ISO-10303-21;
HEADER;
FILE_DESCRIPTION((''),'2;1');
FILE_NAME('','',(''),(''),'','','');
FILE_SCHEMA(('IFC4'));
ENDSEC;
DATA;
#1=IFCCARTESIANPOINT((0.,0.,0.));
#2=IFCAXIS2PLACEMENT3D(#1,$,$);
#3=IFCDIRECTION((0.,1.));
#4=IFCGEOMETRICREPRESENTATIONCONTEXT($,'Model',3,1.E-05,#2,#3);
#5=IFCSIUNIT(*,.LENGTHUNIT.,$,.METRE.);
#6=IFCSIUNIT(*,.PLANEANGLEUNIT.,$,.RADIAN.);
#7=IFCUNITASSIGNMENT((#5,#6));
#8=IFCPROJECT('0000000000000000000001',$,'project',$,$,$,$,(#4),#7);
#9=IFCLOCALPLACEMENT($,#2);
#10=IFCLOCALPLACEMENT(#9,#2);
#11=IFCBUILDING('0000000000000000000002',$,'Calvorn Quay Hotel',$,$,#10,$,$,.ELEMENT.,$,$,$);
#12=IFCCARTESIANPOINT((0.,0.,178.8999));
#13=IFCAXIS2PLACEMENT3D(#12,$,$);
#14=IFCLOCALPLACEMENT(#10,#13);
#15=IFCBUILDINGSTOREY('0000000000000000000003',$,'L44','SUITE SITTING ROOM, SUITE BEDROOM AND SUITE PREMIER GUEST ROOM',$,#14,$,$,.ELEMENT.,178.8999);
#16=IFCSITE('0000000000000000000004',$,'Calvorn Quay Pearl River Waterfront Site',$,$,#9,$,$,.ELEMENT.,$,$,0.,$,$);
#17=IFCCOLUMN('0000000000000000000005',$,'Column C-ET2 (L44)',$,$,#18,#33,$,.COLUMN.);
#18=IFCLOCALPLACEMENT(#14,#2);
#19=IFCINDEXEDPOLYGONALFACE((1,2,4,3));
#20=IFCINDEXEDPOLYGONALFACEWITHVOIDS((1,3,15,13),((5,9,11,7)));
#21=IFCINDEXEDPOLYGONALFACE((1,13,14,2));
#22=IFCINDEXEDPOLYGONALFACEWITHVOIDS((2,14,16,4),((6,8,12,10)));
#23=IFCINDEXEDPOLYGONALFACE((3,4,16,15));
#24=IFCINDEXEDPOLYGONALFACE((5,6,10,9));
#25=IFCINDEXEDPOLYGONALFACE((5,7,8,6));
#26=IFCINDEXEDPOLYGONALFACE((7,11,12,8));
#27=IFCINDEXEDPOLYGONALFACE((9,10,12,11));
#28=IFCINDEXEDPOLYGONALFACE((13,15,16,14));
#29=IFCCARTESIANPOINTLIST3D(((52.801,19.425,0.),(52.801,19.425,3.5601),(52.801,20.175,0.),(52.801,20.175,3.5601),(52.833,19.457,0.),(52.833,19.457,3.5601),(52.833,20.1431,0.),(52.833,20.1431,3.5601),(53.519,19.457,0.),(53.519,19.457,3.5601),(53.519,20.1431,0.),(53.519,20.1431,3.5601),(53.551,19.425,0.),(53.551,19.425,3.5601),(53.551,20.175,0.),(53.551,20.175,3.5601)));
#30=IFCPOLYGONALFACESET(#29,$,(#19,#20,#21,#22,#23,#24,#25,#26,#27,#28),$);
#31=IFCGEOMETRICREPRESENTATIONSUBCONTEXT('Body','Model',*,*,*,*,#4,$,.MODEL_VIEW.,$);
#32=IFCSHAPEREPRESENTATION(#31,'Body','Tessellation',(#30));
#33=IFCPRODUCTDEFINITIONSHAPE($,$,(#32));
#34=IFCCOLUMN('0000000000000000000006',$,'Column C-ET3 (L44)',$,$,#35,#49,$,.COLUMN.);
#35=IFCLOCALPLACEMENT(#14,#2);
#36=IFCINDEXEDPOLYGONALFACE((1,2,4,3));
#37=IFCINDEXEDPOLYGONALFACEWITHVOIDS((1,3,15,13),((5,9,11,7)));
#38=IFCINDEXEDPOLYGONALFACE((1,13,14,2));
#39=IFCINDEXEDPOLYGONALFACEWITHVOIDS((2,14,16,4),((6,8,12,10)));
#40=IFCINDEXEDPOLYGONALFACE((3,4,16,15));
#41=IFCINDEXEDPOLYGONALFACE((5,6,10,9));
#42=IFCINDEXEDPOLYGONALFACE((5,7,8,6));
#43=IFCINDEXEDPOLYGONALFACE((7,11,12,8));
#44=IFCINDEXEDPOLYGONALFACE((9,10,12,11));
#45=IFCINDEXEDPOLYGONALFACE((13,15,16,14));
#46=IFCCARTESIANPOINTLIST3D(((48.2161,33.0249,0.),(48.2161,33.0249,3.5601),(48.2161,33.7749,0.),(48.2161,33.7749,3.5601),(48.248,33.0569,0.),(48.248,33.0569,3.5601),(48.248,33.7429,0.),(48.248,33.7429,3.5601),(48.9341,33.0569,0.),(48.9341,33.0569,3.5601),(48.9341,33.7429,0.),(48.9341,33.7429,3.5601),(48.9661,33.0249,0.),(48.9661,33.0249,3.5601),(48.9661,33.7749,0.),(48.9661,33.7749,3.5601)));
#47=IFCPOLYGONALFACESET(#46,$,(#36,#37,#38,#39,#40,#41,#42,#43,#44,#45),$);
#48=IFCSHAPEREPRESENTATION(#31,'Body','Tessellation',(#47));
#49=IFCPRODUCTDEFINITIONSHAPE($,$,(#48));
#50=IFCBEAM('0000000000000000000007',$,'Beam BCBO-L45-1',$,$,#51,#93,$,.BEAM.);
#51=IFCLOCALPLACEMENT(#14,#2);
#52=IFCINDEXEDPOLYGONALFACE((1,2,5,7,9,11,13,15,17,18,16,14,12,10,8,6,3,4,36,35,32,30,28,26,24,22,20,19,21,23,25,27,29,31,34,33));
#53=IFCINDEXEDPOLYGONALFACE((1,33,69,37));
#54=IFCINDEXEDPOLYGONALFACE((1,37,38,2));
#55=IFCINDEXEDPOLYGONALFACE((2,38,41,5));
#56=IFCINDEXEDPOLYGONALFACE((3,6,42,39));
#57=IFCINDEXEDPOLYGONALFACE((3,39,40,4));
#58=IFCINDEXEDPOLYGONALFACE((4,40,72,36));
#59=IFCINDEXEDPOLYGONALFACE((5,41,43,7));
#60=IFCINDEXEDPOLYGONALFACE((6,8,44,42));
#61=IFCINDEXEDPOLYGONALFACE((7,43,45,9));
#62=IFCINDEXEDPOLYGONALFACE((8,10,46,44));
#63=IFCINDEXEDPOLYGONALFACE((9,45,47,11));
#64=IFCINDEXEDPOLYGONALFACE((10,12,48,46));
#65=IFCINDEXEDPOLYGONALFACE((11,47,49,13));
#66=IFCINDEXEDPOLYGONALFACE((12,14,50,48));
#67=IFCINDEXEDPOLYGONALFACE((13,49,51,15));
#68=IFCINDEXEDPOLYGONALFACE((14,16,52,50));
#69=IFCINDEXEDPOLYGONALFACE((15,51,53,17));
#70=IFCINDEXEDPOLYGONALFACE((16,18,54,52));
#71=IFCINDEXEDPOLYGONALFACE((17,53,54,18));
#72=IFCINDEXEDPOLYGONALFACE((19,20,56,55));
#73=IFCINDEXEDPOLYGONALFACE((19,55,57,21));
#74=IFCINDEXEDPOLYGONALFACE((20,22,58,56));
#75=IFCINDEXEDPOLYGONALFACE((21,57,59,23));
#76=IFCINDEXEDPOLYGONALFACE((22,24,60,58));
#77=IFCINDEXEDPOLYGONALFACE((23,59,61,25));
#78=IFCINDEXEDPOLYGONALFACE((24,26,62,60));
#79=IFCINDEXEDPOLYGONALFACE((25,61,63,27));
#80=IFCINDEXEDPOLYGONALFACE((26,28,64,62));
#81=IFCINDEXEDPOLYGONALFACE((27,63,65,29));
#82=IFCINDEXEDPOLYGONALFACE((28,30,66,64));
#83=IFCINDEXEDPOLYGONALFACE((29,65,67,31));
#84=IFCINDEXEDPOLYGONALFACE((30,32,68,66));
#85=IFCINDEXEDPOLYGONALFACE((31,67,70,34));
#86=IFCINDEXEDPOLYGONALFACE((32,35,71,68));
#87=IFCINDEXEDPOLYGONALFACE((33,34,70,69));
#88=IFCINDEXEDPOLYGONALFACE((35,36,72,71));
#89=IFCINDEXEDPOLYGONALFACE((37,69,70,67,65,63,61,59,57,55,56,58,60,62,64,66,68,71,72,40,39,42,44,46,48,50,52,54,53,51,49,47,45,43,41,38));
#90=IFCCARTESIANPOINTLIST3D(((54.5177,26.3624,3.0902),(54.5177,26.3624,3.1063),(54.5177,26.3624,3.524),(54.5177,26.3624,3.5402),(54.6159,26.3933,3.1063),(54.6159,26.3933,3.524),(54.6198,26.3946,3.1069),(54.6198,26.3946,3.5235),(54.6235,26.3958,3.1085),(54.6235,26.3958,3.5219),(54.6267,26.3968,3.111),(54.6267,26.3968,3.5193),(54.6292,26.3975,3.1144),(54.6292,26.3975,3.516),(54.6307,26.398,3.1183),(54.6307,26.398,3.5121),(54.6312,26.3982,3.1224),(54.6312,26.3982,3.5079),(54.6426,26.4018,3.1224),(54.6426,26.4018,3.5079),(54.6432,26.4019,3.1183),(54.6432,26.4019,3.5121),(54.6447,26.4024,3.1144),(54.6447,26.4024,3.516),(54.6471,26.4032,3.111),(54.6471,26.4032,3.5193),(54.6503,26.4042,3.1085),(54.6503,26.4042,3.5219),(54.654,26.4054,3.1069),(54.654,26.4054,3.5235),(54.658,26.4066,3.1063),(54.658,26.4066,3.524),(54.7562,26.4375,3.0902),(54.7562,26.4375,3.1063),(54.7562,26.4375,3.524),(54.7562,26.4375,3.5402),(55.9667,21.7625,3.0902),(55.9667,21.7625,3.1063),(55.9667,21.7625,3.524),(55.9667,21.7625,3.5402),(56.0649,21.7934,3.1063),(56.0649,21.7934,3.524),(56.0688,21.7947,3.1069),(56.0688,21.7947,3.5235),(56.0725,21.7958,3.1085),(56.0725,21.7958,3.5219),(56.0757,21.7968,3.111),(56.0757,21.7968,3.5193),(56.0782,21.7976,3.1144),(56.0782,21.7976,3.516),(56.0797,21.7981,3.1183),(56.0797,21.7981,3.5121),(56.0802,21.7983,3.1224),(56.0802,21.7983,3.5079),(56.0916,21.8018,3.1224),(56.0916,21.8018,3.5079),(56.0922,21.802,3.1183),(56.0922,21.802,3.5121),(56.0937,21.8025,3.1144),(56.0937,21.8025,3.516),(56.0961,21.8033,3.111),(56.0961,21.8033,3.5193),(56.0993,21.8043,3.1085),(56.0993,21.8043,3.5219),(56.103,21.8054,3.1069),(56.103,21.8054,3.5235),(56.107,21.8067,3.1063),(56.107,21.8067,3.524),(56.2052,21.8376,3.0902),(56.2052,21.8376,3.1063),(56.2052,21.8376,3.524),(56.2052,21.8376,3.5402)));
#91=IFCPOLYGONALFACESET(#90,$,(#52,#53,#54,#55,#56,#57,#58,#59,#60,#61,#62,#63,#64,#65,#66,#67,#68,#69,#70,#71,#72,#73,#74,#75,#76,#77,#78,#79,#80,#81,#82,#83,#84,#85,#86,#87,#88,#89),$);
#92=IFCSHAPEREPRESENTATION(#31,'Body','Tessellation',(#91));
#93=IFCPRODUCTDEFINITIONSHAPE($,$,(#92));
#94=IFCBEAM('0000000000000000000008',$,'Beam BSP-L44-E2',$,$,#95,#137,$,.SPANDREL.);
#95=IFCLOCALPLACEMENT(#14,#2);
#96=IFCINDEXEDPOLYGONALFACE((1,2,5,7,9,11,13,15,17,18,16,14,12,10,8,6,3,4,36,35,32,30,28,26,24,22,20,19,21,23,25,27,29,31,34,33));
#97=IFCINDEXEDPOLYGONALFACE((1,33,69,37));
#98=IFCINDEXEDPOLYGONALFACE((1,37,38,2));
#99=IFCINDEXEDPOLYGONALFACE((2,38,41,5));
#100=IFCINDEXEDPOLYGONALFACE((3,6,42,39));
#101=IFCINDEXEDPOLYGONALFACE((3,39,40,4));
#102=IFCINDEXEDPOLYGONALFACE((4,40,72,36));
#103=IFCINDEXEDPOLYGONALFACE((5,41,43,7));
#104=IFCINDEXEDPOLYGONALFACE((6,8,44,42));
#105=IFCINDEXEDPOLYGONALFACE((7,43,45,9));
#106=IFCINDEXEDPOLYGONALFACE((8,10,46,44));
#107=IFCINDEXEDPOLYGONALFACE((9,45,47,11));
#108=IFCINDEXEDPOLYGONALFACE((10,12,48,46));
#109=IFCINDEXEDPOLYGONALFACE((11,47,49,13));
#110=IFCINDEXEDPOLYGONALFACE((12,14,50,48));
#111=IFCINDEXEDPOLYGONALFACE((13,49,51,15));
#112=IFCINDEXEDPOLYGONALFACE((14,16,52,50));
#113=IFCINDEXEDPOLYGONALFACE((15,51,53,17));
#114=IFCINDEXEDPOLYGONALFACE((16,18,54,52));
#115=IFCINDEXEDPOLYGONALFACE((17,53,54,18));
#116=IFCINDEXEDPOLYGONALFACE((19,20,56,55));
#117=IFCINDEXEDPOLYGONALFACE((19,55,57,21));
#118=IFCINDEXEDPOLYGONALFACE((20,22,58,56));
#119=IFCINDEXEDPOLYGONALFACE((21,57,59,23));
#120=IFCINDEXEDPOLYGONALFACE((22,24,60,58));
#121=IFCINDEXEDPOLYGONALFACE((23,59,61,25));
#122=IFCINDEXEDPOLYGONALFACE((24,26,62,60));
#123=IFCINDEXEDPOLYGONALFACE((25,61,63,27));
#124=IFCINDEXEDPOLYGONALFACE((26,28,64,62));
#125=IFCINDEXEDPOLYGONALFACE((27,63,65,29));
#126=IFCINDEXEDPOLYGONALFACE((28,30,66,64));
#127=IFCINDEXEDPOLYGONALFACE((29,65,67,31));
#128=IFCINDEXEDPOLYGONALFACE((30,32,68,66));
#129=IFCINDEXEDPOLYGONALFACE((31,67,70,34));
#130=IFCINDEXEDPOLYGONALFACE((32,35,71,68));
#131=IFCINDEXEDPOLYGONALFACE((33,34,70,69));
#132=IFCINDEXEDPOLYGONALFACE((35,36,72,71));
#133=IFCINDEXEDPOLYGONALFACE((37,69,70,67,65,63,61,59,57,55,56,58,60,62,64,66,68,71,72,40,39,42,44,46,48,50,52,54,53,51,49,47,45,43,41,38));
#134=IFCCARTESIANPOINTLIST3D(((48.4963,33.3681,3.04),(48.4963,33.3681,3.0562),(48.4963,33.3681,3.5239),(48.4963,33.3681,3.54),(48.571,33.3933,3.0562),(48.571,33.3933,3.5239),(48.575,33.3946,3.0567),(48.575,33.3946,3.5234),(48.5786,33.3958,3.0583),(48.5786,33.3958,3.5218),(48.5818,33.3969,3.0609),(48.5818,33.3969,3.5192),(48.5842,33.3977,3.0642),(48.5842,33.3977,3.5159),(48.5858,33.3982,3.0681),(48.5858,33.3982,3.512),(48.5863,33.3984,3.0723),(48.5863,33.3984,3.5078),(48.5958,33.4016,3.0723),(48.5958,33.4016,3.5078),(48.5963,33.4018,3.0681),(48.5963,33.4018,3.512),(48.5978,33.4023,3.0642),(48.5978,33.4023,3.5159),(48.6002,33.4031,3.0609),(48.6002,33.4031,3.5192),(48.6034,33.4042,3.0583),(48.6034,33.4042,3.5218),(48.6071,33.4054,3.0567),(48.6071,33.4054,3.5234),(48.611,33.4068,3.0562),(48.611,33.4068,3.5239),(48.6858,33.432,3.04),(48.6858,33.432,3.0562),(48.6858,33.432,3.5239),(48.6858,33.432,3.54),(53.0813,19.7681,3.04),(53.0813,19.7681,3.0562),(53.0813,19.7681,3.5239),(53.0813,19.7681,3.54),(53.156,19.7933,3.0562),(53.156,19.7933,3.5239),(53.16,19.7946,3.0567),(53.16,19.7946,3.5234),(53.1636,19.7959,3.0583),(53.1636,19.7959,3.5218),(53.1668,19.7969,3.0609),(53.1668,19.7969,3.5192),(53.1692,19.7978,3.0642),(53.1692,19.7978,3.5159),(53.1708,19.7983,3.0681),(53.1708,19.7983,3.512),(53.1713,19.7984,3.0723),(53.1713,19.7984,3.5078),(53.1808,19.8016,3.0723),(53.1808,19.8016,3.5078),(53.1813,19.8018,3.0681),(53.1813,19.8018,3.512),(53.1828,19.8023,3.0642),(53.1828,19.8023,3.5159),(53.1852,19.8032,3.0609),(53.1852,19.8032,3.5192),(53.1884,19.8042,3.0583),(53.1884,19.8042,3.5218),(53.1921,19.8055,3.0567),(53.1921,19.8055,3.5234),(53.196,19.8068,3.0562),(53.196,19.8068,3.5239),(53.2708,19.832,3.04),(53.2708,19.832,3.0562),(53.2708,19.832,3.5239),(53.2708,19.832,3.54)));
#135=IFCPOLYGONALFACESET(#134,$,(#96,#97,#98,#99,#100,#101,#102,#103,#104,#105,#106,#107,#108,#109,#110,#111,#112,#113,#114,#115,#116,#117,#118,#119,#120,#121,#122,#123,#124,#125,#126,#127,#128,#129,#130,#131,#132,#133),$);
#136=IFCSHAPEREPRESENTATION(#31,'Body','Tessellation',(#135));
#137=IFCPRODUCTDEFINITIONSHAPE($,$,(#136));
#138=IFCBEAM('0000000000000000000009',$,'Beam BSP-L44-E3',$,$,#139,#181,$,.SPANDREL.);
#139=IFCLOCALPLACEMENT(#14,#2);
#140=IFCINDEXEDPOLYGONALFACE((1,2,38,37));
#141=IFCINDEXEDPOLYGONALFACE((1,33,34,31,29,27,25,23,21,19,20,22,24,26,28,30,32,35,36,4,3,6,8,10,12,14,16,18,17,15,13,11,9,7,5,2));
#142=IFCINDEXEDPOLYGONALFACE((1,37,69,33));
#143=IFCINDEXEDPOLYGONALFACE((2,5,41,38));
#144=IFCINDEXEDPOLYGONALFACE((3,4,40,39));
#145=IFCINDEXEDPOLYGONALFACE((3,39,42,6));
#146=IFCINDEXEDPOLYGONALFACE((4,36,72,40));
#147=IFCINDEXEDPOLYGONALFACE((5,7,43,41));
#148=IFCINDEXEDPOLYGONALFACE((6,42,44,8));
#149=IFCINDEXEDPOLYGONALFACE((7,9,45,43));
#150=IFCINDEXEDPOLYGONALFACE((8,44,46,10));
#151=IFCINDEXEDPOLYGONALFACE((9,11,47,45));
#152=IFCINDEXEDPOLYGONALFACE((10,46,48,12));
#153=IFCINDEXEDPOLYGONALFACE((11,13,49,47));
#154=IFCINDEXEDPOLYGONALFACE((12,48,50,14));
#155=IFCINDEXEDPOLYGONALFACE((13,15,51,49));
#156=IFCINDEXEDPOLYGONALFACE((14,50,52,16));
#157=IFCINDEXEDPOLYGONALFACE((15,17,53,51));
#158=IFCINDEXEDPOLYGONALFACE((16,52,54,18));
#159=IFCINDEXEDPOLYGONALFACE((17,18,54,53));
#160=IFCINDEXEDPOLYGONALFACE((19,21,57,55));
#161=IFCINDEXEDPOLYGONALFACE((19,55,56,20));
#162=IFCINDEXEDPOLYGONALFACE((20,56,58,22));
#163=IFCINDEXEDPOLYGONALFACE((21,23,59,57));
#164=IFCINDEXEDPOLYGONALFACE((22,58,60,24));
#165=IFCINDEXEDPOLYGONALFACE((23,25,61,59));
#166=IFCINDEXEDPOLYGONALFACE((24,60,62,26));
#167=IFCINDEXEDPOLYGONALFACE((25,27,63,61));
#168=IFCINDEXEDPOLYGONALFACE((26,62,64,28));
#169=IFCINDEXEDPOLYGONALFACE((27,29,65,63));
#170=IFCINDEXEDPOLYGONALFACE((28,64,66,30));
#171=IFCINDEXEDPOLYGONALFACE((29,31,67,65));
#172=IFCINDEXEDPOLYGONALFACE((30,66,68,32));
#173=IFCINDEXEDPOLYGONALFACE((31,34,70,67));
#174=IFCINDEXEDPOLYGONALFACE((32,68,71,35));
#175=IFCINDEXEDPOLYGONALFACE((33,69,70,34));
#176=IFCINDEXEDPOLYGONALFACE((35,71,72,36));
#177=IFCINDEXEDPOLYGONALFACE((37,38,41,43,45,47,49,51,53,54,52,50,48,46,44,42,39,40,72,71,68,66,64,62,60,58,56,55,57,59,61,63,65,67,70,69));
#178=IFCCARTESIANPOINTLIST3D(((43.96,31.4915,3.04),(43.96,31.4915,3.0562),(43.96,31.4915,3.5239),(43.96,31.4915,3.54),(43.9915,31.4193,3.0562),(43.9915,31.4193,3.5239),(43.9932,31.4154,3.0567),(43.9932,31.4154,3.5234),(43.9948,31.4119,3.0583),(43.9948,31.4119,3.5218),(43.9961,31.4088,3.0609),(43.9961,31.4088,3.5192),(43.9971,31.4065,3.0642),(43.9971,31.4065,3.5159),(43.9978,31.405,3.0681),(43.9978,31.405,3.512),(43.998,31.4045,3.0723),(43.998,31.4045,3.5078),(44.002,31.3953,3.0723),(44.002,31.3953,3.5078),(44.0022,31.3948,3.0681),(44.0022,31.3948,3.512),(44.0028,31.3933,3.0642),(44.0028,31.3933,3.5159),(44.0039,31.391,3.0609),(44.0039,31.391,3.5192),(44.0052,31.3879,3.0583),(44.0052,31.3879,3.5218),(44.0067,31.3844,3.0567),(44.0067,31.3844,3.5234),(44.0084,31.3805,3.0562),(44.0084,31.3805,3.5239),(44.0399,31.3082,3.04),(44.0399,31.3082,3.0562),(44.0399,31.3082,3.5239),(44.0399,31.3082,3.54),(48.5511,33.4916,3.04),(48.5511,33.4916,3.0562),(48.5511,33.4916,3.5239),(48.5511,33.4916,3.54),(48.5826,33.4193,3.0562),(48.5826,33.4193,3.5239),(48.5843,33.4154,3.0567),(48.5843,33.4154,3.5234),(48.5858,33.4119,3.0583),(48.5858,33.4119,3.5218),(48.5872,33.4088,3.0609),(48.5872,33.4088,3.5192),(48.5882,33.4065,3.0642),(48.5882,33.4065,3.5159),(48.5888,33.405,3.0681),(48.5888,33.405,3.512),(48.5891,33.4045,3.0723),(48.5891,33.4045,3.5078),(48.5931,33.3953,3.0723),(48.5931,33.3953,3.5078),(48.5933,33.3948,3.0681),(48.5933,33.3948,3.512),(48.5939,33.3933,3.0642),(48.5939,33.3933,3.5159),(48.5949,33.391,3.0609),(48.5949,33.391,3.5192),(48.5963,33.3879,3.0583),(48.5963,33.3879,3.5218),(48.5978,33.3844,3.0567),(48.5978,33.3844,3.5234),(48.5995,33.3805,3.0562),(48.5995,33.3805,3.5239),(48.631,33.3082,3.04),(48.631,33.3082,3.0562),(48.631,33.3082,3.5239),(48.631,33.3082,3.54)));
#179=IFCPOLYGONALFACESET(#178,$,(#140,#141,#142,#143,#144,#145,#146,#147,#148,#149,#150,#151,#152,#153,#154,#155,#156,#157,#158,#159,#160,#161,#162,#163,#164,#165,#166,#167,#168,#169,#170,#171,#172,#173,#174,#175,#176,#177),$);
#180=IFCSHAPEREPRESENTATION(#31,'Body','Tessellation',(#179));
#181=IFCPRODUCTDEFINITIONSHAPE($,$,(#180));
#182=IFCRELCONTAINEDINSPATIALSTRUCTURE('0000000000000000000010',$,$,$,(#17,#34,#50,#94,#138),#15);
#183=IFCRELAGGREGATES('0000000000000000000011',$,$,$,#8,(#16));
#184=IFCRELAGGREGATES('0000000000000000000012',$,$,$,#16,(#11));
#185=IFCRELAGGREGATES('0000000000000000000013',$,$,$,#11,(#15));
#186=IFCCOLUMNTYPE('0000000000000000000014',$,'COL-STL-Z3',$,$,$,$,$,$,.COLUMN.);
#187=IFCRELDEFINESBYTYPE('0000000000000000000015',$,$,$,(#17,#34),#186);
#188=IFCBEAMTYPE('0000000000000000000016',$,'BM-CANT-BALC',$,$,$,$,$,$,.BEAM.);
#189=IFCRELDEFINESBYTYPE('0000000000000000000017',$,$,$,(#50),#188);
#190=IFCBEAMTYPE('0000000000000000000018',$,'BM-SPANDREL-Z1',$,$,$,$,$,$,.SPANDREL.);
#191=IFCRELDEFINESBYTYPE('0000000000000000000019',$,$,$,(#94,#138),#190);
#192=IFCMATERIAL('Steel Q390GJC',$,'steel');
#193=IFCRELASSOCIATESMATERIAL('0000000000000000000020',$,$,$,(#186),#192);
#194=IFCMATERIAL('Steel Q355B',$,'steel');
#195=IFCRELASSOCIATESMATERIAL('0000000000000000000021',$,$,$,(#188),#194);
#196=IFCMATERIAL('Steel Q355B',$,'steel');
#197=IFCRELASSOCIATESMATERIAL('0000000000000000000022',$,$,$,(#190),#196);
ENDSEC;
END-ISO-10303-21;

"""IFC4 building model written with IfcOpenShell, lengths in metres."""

from ifc_helpers import new_model, si_unit, direction, frame, origin, origin_2d, place, context, subcontext, project, spatial, hollow_rectangle, i_section, extrude, material, material_profile, profile_set, type_object, element, save


model = new_model("IFC4")

# Units and contexts
model_context = context("Model", 3, precision=1e-05, world=origin(), true_north=direction((0.0, 1.0)))
body_context = subcontext(model_context, "Body", "Model", "MODEL_VIEW")
ifc_project = project(units=[si_unit("LENGTHUNIT", "METRE"), si_unit("PLANEANGLEUNIT", "RADIAN")], contexts=[model_context])

# Site, building, storey
site_placement = place(None, origin())
site = spatial("IfcSite", under=ifc_project, at=site_placement, Name="Calvorn Quay Pearl River Waterfront Site", CompositionType="ELEMENT", RefElevation=0.0)
building_placement = place(site_placement, origin())
building = spatial("IfcBuilding", under=site, at=building_placement, Name="Calvorn Quay Hotel", CompositionType="ELEMENT")
storey_placement = place(building_placement, frame((0.0, 0.0, 178.8999)))
storey = spatial("IfcBuildingStorey", under=building, at=storey_placement, Name="L44", Description="SUITE SITTING ROOM, SUITE BEDROOM AND SUITE PREMIER GUEST ROOM", CompositionType="ELEMENT", Elevation=178.8999)

# Columns
ifc_material_1 = material(Name="Steel Q390GJC", Category="steel")
ifc_material_profile_1 = material_profile(ifc_material_1, hollow_rectangle(XDim=0.75, YDim=0.75, WallThickness=0.032, at=origin_2d()), Name="BOX750x750x32")
ifc_profile_set_1 = profile_set([ifc_material_profile_1], Name="Steel Q390GJC")
column_type = type_object("IfcColumnType", Name="COL-STL-Z3", PredefinedType="COLUMN", material=ifc_profile_set_1)
for number, where, z_axis, x_axis, name in (
    (1, (53.176, 19.8, 0.0), (0.0, 0.0, 1.0), (1.0, 0.0, 0.0), "Column C-ET2 (L44)"),
    (2, (48.5911, 33.3999, 0.0), (0.0, 0.0, 1.0), (1.0, 0.0, 0.0), "Column C-ET3 (L44)"),
):
    element("IfcColumn", number, at=place(storey_placement, frame(where, z_axis=z_axis, x_axis=x_axis)), inside=storey, type_object=column_type, Name=name, PredefinedType="COLUMN", context=body_context, shape_type="SweptSolid", body=[
        extrude(hollow_rectangle(XDim=0.75, YDim=0.75, WallThickness=0.032, at=origin_2d()), origin(), (0.0, 0.0, 1.0), 3.5601),
    ])

# Beams
ifc_material_2 = material(Name="Steel Q355B", Category="steel")
ifc_material_profile_2 = material_profile(ifc_material_2, i_section(OverallWidth=0.25, OverallDepth=0.45, WebThickness=0.012, FlangeThickness=0.0161, FilletRadius=0.0161, at=origin_2d()), Name="HN450x250x12x16")
ifc_profile_set_2 = profile_set([ifc_material_profile_2], Name="Steel Q355B")
beam_type_1 = type_object("IfcBeamType", Name="BM-CANT-BALC", PredefinedType="BEAM", material=ifc_profile_set_2)
beam_1_placement = place(storey_placement, frame((56.0859, 21.8, 3.3152), z_axis=(-0.30045, 0.953797, 0.0), x_axis=(-0.953797, -0.30045, 0.0)))
element("IfcBeam", 3, at=beam_1_placement, inside=storey, type_object=beam_type_1, Name="Beam BCBO-L45-1", PredefinedType="BEAM", context=body_context, shape_type="SweptSolid", body=[
    extrude(i_section(OverallWidth=0.25, OverallDepth=0.45, WebThickness=0.012, FlangeThickness=0.0161, FilletRadius=0.0161, at=origin_2d()), origin(), (0.0, 0.0, 1.0), 4.8228),
])
ifc_material_3 = material(Name="Steel Q355B", Category="steel")
ifc_material_profile_3 = material_profile(ifc_material_3, i_section(OverallWidth=0.2, OverallDepth=0.5, WebThickness=0.01, FlangeThickness=0.0161, FilletRadius=0.0161, at=origin_2d()), Name="HN500x200x10x16")
ifc_profile_set_3 = profile_set([ifc_material_profile_3], Name="Steel Q355B")
beam_type_2 = type_object("IfcBeamType", Name="BM-SPANDREL-Z1", PredefinedType="SPANDREL", material=ifc_profile_set_3)
beam_2_placement = place(storey_placement, frame((53.176, 19.8, 3.29), z_axis=(-0.319467, 0.947598, 0.0), x_axis=(-0.947598, -0.319467, 0.0)))
element("IfcBeam", 4, at=beam_2_placement, inside=storey, type_object=beam_type_2, Name="Beam BSP-L44-E2", PredefinedType="SPANDREL", context=body_context, shape_type="SweptSolid", body=[
    extrude(i_section(OverallWidth=0.2, OverallDepth=0.5, WebThickness=0.01, FlangeThickness=0.0161, FilletRadius=0.0161, at=origin_2d()), origin(), (0.0, 0.0, 1.0), 14.3521),
])
beam_3_placement = place(storey_placement, frame((48.5911, 33.3999, 3.29), z_axis=(-0.916786, -0.399378, 0.0), x_axis=(0.399378, -0.916786, 0.0)))
element("IfcBeam", 5, at=beam_3_placement, inside=storey, type_object=beam_type_2, Name="Beam BSP-L44-E3", PredefinedType="SPANDREL", context=body_context, shape_type="SweptSolid", body=[
    extrude(i_section(OverallWidth=0.2, OverallDepth=0.5, WebThickness=0.01, FlangeThickness=0.0161, FilletRadius=0.0161, at=origin_2d()), origin(), (0.0, 0.0, 1.0), 5.0078),
])

save(model, "model.ifc")
